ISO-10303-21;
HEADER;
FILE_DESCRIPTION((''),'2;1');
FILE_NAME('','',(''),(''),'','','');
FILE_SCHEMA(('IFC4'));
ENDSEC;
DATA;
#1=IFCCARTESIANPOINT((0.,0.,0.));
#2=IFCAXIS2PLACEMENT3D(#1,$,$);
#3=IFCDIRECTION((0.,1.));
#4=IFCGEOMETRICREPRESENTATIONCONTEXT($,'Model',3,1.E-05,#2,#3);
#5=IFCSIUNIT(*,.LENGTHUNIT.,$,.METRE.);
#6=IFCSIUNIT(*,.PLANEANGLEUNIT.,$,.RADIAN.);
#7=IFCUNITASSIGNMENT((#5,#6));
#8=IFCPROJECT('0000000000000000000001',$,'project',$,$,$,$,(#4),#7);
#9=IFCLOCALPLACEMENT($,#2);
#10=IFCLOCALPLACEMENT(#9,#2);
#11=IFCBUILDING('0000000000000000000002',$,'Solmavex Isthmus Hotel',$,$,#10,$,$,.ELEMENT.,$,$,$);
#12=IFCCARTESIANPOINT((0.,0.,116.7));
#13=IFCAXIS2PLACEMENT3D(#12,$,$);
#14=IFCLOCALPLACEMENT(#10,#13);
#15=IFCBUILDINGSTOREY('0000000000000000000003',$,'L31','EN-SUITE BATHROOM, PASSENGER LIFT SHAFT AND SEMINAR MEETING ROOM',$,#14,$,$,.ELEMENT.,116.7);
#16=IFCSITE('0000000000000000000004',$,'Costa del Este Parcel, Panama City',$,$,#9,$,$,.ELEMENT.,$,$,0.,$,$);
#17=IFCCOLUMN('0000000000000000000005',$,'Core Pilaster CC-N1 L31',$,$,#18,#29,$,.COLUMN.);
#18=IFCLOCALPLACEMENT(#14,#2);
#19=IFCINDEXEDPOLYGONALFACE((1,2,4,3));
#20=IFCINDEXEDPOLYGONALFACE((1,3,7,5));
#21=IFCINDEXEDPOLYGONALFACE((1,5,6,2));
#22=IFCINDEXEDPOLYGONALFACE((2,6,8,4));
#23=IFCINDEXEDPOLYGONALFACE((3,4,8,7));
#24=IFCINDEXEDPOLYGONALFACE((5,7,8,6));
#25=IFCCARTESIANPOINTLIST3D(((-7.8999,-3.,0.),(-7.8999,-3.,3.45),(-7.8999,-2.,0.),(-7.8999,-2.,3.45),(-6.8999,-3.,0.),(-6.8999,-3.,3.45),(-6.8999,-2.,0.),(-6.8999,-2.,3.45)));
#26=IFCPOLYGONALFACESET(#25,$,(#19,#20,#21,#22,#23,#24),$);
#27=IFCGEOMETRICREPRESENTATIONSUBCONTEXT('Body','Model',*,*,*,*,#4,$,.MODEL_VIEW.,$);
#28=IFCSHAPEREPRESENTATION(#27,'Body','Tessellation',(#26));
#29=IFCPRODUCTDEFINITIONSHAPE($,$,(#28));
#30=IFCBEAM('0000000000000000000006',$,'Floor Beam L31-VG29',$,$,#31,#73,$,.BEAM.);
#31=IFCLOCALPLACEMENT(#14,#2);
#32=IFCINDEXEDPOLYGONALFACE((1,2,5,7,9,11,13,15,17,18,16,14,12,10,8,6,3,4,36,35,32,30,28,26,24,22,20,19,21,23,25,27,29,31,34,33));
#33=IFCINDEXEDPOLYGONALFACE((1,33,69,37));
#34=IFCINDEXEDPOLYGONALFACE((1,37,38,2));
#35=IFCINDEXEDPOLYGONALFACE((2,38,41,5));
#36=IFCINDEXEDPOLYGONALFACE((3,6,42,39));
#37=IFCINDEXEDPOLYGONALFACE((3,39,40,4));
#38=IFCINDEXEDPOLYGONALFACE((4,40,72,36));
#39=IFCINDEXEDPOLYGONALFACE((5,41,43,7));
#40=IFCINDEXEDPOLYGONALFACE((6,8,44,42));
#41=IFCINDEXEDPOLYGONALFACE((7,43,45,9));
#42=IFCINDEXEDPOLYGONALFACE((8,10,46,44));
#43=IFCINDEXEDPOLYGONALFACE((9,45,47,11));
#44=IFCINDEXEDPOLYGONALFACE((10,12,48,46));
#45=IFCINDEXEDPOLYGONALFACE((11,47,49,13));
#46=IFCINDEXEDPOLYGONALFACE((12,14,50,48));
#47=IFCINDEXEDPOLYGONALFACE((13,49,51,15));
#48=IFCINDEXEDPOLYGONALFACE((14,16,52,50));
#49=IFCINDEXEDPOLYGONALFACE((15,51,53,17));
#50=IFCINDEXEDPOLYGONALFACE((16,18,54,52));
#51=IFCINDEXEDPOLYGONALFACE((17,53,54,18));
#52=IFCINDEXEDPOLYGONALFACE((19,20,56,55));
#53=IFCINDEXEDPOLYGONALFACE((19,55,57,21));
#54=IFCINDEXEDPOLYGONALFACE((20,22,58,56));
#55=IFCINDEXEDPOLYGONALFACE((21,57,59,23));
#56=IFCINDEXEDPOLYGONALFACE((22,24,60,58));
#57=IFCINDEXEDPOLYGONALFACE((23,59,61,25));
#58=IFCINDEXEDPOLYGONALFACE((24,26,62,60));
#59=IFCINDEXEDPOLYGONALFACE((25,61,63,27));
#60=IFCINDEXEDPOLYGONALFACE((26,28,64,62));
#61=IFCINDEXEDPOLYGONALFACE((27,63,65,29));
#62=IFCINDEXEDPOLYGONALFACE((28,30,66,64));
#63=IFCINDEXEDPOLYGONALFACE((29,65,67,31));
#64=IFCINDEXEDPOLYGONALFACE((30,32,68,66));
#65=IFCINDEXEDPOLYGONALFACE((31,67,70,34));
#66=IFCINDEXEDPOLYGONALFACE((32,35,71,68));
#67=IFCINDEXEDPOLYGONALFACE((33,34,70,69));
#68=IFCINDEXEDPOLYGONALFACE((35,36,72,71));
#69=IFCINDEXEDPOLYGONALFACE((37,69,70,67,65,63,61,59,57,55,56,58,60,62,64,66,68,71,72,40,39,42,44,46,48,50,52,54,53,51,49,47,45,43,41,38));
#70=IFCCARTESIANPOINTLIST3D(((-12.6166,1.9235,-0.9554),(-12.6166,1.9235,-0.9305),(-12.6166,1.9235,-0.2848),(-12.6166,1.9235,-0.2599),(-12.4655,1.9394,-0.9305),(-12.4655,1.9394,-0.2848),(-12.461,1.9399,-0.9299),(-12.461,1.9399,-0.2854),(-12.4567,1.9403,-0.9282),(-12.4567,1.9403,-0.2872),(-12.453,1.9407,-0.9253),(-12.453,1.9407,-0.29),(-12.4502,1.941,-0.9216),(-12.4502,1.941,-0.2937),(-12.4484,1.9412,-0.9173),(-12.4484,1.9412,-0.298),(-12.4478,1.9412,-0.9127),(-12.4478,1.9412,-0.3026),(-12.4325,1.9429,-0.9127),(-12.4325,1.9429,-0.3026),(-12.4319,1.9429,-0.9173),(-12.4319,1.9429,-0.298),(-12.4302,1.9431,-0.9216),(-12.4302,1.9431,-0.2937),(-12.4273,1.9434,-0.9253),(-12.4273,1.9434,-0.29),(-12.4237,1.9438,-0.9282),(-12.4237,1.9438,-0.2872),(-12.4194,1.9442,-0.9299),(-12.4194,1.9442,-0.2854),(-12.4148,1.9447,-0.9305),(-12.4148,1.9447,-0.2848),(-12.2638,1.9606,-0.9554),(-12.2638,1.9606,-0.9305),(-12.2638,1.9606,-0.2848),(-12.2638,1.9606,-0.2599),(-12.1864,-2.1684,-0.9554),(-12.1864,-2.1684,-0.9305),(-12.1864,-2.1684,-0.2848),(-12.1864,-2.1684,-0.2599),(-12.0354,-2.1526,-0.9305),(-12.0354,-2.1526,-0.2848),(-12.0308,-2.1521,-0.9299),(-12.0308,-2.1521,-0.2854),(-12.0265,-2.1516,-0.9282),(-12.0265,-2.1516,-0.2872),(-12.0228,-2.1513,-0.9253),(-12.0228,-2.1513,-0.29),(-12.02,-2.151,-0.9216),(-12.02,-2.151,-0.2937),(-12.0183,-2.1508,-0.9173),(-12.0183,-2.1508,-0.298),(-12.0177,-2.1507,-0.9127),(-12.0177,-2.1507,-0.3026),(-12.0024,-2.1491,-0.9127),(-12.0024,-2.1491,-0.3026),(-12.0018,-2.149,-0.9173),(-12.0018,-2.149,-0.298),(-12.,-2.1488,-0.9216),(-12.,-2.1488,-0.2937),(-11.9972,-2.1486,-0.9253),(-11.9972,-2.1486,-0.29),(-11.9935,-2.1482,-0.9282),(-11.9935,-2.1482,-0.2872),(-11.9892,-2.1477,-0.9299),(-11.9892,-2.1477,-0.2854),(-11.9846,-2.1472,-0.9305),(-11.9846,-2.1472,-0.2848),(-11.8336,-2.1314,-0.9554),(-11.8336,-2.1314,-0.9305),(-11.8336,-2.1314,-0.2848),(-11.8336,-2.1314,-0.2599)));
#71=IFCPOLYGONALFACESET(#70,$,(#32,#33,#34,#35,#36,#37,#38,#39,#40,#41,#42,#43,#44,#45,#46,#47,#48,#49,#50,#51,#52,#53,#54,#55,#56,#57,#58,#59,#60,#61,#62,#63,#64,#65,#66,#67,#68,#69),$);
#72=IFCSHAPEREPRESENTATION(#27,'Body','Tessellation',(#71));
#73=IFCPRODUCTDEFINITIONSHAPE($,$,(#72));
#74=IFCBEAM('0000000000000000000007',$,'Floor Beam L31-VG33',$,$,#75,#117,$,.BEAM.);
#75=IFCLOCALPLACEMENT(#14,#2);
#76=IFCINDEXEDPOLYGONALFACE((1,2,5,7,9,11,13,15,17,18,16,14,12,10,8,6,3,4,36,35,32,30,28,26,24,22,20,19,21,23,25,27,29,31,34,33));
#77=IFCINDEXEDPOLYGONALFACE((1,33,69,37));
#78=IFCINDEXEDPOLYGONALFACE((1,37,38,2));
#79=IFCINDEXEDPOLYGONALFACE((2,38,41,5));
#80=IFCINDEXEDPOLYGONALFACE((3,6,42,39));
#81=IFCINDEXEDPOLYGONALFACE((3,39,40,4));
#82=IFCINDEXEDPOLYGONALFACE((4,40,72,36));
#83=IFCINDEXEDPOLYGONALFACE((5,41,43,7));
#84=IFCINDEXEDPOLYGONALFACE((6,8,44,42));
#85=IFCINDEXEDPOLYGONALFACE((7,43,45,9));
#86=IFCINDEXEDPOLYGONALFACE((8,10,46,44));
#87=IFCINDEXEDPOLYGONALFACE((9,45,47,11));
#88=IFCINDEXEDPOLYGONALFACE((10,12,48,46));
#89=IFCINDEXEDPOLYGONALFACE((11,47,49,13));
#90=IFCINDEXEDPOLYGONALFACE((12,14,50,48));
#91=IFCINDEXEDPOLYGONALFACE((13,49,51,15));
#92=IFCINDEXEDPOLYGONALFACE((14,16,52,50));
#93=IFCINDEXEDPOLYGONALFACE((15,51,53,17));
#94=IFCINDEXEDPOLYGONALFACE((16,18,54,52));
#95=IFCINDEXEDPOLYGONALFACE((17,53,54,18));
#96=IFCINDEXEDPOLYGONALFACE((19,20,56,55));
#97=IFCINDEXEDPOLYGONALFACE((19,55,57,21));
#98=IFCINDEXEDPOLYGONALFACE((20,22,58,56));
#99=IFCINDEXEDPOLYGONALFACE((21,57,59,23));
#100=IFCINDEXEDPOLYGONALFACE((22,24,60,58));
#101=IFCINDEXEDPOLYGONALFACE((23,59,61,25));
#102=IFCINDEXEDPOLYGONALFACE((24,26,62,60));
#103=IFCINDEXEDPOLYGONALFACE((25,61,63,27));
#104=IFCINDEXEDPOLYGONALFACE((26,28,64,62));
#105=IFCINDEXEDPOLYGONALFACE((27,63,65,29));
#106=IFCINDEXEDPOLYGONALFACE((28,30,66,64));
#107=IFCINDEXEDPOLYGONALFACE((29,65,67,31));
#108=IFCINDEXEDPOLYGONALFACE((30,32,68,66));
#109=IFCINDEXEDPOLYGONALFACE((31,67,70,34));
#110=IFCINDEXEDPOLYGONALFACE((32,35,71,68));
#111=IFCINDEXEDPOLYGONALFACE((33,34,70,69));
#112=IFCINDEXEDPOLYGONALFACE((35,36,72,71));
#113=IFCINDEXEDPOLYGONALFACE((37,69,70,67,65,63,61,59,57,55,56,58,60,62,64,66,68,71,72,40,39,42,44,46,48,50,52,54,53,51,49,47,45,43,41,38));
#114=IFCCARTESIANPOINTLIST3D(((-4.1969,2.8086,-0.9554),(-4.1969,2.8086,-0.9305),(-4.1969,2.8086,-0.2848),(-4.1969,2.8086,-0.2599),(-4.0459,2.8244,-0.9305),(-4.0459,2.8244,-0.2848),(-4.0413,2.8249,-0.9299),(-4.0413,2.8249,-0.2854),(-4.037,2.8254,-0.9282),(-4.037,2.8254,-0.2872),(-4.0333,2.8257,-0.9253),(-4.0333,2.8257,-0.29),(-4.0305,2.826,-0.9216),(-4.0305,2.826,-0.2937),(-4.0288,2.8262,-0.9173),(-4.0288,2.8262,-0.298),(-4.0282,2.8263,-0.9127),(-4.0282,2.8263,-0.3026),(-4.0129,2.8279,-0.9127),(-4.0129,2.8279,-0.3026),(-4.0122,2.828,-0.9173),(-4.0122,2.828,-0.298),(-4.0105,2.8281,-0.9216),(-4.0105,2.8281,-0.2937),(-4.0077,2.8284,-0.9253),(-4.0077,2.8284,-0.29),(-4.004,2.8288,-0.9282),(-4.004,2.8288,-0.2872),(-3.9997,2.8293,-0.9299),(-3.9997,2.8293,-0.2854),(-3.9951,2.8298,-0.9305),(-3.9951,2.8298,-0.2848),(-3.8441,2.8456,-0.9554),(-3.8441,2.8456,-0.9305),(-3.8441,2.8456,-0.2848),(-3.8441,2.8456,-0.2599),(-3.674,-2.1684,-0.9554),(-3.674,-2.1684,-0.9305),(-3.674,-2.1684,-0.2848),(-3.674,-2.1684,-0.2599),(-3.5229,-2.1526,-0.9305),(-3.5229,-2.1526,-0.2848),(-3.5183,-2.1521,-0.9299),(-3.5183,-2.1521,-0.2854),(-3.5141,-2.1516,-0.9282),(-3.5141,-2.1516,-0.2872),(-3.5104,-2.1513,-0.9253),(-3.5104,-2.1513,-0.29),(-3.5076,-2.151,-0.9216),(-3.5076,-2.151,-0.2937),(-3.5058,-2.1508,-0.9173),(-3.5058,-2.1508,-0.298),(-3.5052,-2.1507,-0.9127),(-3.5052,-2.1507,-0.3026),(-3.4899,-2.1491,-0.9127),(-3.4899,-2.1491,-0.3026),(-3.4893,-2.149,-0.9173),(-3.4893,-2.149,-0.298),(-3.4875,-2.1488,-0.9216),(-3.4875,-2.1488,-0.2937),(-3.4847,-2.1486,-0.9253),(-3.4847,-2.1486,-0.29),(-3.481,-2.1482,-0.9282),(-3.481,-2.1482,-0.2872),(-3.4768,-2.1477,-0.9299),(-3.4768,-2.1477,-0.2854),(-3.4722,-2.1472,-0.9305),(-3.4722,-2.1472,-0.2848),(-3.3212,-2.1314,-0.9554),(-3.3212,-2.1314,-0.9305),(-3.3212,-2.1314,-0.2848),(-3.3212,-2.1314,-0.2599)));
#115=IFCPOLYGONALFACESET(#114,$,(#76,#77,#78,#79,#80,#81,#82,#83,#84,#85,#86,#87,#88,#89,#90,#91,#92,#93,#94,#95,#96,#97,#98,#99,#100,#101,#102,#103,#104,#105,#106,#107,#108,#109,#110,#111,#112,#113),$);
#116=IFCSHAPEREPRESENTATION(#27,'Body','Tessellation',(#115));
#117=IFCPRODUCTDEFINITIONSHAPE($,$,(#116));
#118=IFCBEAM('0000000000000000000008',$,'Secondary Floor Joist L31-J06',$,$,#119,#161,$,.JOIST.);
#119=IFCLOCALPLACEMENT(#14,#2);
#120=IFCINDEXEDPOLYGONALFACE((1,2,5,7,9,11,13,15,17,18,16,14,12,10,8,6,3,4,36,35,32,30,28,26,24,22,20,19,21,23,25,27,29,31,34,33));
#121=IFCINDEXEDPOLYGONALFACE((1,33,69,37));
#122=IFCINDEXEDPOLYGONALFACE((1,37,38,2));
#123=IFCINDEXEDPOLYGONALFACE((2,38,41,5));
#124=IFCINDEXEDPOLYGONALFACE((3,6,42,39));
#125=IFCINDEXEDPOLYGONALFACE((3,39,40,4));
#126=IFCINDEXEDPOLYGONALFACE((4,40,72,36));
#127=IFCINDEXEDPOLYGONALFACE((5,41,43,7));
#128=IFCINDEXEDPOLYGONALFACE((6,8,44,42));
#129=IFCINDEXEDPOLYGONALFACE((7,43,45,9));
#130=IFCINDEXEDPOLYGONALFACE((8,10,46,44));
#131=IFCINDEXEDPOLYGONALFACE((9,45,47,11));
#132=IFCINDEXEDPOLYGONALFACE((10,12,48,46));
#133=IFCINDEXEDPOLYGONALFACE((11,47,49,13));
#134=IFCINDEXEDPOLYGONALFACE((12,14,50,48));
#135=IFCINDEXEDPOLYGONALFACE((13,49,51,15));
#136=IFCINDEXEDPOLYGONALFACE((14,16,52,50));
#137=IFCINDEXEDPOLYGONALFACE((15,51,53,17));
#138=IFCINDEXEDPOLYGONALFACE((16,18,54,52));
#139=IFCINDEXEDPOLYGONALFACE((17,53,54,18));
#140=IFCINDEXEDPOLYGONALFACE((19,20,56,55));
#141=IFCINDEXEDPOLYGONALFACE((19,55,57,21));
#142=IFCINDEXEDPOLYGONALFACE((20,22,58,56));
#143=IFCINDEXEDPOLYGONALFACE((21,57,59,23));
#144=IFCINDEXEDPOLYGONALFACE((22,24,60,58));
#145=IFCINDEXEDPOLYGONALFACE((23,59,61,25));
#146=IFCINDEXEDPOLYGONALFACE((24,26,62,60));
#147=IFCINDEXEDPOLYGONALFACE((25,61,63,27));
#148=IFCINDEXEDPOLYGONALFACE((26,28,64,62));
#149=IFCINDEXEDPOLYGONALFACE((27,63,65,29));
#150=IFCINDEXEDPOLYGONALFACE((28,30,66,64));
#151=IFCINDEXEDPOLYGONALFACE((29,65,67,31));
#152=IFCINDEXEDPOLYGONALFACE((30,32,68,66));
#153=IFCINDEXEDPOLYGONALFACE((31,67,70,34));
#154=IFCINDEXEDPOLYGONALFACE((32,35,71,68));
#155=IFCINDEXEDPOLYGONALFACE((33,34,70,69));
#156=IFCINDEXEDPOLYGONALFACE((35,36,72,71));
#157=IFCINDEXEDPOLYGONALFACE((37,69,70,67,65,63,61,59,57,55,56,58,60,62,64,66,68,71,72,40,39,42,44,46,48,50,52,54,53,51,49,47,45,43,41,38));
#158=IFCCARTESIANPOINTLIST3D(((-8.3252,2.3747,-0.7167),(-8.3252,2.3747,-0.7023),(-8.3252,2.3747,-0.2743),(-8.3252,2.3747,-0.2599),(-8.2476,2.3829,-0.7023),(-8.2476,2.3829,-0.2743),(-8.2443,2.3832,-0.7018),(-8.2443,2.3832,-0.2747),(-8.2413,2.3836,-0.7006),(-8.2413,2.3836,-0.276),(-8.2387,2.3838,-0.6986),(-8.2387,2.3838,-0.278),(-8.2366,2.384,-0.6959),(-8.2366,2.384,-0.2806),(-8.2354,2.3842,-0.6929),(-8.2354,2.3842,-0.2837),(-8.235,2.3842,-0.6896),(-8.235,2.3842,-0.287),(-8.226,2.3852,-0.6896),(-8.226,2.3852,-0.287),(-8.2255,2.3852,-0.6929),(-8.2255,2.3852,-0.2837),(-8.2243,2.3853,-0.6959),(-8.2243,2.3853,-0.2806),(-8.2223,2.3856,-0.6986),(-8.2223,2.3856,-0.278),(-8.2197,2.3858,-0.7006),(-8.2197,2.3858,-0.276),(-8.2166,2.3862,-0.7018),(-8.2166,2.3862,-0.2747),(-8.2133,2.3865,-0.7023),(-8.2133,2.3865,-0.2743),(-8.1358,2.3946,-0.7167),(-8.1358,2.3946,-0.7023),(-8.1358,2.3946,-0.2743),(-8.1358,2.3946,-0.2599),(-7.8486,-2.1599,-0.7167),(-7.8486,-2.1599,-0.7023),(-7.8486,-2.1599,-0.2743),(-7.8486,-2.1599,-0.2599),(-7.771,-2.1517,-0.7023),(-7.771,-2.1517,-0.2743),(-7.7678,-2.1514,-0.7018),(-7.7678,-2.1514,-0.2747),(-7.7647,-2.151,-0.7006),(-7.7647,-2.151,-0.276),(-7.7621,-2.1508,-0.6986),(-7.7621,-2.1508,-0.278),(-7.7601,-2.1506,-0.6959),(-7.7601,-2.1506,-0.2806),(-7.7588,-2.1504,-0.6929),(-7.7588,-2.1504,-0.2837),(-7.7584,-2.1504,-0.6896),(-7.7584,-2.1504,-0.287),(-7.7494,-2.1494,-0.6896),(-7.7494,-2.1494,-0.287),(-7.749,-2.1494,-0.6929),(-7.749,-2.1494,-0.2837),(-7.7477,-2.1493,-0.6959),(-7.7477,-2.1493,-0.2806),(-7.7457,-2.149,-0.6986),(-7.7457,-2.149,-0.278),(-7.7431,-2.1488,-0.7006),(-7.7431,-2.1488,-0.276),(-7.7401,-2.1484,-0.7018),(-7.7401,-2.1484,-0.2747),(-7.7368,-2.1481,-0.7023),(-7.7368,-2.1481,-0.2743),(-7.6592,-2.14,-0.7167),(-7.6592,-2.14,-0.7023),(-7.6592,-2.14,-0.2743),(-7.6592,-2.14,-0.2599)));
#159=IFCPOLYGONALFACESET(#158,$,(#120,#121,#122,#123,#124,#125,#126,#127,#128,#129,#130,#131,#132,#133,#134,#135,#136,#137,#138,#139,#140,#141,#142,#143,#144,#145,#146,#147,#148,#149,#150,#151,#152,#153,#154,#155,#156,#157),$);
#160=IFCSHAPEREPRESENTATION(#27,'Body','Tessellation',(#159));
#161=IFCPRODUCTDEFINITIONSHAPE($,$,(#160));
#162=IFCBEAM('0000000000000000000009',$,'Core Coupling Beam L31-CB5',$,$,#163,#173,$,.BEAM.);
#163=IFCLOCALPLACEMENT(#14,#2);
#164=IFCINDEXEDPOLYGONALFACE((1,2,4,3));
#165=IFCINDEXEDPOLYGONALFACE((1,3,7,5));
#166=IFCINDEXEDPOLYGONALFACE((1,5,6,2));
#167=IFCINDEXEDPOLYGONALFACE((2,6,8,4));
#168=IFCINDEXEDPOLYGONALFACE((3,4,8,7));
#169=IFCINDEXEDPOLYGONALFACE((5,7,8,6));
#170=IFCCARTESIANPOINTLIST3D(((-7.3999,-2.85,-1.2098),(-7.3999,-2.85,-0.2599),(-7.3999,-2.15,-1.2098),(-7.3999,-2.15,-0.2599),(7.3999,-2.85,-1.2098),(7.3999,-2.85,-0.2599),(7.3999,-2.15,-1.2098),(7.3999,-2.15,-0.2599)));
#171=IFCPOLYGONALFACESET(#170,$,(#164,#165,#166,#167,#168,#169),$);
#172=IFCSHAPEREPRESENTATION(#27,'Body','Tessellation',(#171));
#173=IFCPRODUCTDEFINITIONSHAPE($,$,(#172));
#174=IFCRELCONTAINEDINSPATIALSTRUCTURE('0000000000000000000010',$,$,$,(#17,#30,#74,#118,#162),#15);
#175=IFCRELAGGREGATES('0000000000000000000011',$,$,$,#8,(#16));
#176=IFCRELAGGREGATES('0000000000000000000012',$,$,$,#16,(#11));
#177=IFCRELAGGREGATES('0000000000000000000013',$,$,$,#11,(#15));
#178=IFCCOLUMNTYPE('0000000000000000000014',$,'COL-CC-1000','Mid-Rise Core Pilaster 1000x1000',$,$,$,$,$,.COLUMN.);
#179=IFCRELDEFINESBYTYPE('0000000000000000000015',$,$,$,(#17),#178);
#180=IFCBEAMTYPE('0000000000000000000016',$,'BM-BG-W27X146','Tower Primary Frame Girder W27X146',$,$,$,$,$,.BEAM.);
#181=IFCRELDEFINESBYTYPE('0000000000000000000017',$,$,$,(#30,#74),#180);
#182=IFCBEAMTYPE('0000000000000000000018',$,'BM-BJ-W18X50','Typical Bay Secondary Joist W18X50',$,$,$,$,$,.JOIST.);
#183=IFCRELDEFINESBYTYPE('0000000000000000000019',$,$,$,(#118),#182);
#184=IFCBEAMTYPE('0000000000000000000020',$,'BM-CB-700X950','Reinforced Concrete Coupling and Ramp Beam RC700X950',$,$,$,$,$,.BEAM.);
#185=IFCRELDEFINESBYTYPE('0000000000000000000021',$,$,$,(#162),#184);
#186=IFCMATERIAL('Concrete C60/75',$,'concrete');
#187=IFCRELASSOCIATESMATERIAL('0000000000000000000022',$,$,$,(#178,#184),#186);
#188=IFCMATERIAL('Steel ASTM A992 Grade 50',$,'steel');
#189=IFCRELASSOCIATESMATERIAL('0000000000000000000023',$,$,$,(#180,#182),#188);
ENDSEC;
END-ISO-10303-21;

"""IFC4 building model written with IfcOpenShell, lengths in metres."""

from ifc_helpers import new_model, si_unit, direction, frame, origin, origin_2d, place, context, subcontext, project, spatial, rectangle, i_section, extrude, material, material_profile, profile_set, type_object, element, save


model = new_model("IFC4")

# Units and contexts
model_context = context("Model", 3, precision=1e-05, world=origin(), true_north=direction((0.0, 1.0)))
body_context = subcontext(model_context, "Body", "Model", "MODEL_VIEW")
ifc_project = project(units=[si_unit("LENGTHUNIT", "METRE"), si_unit("PLANEANGLEUNIT", "RADIAN")], contexts=[model_context])

# Site, building, storey
site_placement = place(None, origin())
site = spatial("IfcSite", under=ifc_project, at=site_placement, Name="Costa del Este Parcel, Panama City", CompositionType="ELEMENT", RefElevation=0.0)
building_placement = place(site_placement, origin())
building = spatial("IfcBuilding", under=site, at=building_placement, Name="Solmavex Isthmus Hotel", CompositionType="ELEMENT")
storey_placement = place(building_placement, frame((0.0, 0.0, 116.7)))
storey = spatial("IfcBuildingStorey", under=building, at=storey_placement, Name="L31", Description="EN-SUITE BATHROOM, PASSENGER LIFT SHAFT AND SEMINAR MEETING ROOM", CompositionType="ELEMENT", Elevation=116.7)

# Column
ifc_material_1 = material(Name="Concrete C60/75", Category="concrete")
ifc_material_profile_1 = material_profile(ifc_material_1, rectangle(XDim=1.0, YDim=1.0, at=origin_2d()), Name="RC1000X1000")
ifc_profile_set_1 = profile_set([ifc_material_profile_1], Name="Concrete C60/75")
column_type = type_object("IfcColumnType", Name="COL-CC-1000", Description="Mid-Rise Core Pilaster 1000x1000", PredefinedType="COLUMN", material=ifc_profile_set_1)
column_placement = place(storey_placement, frame((-7.3999, -2.5, 0.0), z_axis=(0.0, 0.0, 1.0), x_axis=(1.0, 0.0, 0.0)))
element("IfcColumn", 1, at=column_placement, inside=storey, type_object=column_type, Name="Core Pilaster CC-N1 L31", PredefinedType="COLUMN", context=body_context, shape_type="SweptSolid", body=[
    extrude(rectangle(XDim=1.0, YDim=1.0, at=origin_2d()), origin(), (0.0, 0.0, 1.0), 3.45),
])

# Beams
ifc_material_2 = material(Name="Steel ASTM A992 Grade 50", Category="steel")
ifc_material_profile_2 = material_profile(ifc_material_2, i_section(OverallWidth=0.3547, OverallDepth=0.6956, WebThickness=0.0154, FlangeThickness=0.0249, FilletRadius=0.0178, at=origin_2d()), Name="W27X146")
ifc_profile_set_2 = profile_set([ifc_material_profile_2], Name="Steel ASTM A992 Grade 50")
beam_type_1 = type_object("IfcBeamType", Name="BM-BG-W27X146", Description="Tower Primary Frame Girder W27X146", PredefinedType="BEAM", material=ifc_profile_set_2)
beam_1_placement = place(storey_placement, frame((-12.01, -2.1499, -0.6077), z_axis=(-0.104549, 0.99452, 0.0), x_axis=(-0.99452, -0.104549, 0.0)))
element("IfcBeam", 2, at=beam_1_placement, inside=storey, type_object=beam_type_1, Name="Floor Beam L31-VG29", PredefinedType="BEAM", context=body_context, shape_type="SweptSolid", body=[
    extrude(i_section(OverallWidth=0.3547, OverallDepth=0.6956, WebThickness=0.0154, FlangeThickness=0.0249, FilletRadius=0.0178, at=origin_2d()), origin(), (0.0, 0.0, 1.0), 4.1145),
])
beam_2_placement = place(storey_placement, frame((-3.4976, -2.1499, -0.6077), z_axis=(-0.104497, 0.994525, 0.0), x_axis=(-0.994525, -0.104497, 0.0)))
element("IfcBeam", 3, at=beam_2_placement, inside=storey, type_object=beam_type_1, Name="Floor Beam L31-VG33", PredefinedType="BEAM", context=body_context, shape_type="SweptSolid", body=[
    extrude(i_section(OverallWidth=0.3547, OverallDepth=0.6956, WebThickness=0.0154, FlangeThickness=0.0249, FilletRadius=0.0178, at=origin_2d()), origin(), (0.0, 0.0, 1.0), 5.0044),
])
ifc_material_profile_3 = material_profile(ifc_material_2, i_section(OverallWidth=0.1904, OverallDepth=0.4568, WebThickness=0.009, FlangeThickness=0.0144, FilletRadius=0.0127, at=origin_2d()), Name="W18X50")
ifc_profile_set_3 = profile_set([ifc_material_profile_3], Name="Steel ASTM A992 Grade 50")
beam_type_2 = type_object("IfcBeamType", Name="BM-BJ-W18X50", Description="Typical Bay Secondary Joist W18X50", PredefinedType="JOIST", material=ifc_profile_set_3)
beam_3_placement = place(storey_placement, frame((-7.7539, -2.1499, -0.4883), z_axis=(-0.104518, 0.994523, 0.0), x_axis=(-0.994523, -0.104518, 0.0)))
element("IfcBeam", 4, at=beam_3_placement, inside=storey, type_object=beam_type_2, Name="Secondary Floor Joist L31-J06", PredefinedType="JOIST", context=body_context, shape_type="SweptSolid", body=[
    extrude(i_section(OverallWidth=0.1904, OverallDepth=0.4568, WebThickness=0.009, FlangeThickness=0.0144, FilletRadius=0.0127, at=origin_2d()), origin(), (0.0, 0.0, 1.0), 4.5596),
])
ifc_material_profile_4 = material_profile(ifc_material_1, rectangle(XDim=0.7, YDim=0.95, at=origin_2d()), Name="RC700X950")
ifc_profile_set_4 = profile_set([ifc_material_profile_4], Name="Concrete C60/75")
beam_type_3 = type_object("IfcBeamType", Name="BM-CB-700X950", Description="Reinforced Concrete Coupling and Ramp Beam RC700X950", PredefinedType="BEAM", material=ifc_profile_set_4)
beam_4_placement = place(storey_placement, frame((-7.3999, -2.5, -0.7349), z_axis=(1.0, 0.0, 0.0), x_axis=(0.0, 1.0, 0.0)))
element("IfcBeam", 5, at=beam_4_placement, inside=storey, type_object=beam_type_3, Name="Core Coupling Beam L31-CB5", PredefinedType="BEAM", context=body_context, shape_type="SweptSolid", body=[
    extrude(rectangle(XDim=0.7, YDim=0.95, at=origin_2d()), origin(), (0.0, 0.0, 1.0), 14.7998),
])

save(model, "model.ifc")
